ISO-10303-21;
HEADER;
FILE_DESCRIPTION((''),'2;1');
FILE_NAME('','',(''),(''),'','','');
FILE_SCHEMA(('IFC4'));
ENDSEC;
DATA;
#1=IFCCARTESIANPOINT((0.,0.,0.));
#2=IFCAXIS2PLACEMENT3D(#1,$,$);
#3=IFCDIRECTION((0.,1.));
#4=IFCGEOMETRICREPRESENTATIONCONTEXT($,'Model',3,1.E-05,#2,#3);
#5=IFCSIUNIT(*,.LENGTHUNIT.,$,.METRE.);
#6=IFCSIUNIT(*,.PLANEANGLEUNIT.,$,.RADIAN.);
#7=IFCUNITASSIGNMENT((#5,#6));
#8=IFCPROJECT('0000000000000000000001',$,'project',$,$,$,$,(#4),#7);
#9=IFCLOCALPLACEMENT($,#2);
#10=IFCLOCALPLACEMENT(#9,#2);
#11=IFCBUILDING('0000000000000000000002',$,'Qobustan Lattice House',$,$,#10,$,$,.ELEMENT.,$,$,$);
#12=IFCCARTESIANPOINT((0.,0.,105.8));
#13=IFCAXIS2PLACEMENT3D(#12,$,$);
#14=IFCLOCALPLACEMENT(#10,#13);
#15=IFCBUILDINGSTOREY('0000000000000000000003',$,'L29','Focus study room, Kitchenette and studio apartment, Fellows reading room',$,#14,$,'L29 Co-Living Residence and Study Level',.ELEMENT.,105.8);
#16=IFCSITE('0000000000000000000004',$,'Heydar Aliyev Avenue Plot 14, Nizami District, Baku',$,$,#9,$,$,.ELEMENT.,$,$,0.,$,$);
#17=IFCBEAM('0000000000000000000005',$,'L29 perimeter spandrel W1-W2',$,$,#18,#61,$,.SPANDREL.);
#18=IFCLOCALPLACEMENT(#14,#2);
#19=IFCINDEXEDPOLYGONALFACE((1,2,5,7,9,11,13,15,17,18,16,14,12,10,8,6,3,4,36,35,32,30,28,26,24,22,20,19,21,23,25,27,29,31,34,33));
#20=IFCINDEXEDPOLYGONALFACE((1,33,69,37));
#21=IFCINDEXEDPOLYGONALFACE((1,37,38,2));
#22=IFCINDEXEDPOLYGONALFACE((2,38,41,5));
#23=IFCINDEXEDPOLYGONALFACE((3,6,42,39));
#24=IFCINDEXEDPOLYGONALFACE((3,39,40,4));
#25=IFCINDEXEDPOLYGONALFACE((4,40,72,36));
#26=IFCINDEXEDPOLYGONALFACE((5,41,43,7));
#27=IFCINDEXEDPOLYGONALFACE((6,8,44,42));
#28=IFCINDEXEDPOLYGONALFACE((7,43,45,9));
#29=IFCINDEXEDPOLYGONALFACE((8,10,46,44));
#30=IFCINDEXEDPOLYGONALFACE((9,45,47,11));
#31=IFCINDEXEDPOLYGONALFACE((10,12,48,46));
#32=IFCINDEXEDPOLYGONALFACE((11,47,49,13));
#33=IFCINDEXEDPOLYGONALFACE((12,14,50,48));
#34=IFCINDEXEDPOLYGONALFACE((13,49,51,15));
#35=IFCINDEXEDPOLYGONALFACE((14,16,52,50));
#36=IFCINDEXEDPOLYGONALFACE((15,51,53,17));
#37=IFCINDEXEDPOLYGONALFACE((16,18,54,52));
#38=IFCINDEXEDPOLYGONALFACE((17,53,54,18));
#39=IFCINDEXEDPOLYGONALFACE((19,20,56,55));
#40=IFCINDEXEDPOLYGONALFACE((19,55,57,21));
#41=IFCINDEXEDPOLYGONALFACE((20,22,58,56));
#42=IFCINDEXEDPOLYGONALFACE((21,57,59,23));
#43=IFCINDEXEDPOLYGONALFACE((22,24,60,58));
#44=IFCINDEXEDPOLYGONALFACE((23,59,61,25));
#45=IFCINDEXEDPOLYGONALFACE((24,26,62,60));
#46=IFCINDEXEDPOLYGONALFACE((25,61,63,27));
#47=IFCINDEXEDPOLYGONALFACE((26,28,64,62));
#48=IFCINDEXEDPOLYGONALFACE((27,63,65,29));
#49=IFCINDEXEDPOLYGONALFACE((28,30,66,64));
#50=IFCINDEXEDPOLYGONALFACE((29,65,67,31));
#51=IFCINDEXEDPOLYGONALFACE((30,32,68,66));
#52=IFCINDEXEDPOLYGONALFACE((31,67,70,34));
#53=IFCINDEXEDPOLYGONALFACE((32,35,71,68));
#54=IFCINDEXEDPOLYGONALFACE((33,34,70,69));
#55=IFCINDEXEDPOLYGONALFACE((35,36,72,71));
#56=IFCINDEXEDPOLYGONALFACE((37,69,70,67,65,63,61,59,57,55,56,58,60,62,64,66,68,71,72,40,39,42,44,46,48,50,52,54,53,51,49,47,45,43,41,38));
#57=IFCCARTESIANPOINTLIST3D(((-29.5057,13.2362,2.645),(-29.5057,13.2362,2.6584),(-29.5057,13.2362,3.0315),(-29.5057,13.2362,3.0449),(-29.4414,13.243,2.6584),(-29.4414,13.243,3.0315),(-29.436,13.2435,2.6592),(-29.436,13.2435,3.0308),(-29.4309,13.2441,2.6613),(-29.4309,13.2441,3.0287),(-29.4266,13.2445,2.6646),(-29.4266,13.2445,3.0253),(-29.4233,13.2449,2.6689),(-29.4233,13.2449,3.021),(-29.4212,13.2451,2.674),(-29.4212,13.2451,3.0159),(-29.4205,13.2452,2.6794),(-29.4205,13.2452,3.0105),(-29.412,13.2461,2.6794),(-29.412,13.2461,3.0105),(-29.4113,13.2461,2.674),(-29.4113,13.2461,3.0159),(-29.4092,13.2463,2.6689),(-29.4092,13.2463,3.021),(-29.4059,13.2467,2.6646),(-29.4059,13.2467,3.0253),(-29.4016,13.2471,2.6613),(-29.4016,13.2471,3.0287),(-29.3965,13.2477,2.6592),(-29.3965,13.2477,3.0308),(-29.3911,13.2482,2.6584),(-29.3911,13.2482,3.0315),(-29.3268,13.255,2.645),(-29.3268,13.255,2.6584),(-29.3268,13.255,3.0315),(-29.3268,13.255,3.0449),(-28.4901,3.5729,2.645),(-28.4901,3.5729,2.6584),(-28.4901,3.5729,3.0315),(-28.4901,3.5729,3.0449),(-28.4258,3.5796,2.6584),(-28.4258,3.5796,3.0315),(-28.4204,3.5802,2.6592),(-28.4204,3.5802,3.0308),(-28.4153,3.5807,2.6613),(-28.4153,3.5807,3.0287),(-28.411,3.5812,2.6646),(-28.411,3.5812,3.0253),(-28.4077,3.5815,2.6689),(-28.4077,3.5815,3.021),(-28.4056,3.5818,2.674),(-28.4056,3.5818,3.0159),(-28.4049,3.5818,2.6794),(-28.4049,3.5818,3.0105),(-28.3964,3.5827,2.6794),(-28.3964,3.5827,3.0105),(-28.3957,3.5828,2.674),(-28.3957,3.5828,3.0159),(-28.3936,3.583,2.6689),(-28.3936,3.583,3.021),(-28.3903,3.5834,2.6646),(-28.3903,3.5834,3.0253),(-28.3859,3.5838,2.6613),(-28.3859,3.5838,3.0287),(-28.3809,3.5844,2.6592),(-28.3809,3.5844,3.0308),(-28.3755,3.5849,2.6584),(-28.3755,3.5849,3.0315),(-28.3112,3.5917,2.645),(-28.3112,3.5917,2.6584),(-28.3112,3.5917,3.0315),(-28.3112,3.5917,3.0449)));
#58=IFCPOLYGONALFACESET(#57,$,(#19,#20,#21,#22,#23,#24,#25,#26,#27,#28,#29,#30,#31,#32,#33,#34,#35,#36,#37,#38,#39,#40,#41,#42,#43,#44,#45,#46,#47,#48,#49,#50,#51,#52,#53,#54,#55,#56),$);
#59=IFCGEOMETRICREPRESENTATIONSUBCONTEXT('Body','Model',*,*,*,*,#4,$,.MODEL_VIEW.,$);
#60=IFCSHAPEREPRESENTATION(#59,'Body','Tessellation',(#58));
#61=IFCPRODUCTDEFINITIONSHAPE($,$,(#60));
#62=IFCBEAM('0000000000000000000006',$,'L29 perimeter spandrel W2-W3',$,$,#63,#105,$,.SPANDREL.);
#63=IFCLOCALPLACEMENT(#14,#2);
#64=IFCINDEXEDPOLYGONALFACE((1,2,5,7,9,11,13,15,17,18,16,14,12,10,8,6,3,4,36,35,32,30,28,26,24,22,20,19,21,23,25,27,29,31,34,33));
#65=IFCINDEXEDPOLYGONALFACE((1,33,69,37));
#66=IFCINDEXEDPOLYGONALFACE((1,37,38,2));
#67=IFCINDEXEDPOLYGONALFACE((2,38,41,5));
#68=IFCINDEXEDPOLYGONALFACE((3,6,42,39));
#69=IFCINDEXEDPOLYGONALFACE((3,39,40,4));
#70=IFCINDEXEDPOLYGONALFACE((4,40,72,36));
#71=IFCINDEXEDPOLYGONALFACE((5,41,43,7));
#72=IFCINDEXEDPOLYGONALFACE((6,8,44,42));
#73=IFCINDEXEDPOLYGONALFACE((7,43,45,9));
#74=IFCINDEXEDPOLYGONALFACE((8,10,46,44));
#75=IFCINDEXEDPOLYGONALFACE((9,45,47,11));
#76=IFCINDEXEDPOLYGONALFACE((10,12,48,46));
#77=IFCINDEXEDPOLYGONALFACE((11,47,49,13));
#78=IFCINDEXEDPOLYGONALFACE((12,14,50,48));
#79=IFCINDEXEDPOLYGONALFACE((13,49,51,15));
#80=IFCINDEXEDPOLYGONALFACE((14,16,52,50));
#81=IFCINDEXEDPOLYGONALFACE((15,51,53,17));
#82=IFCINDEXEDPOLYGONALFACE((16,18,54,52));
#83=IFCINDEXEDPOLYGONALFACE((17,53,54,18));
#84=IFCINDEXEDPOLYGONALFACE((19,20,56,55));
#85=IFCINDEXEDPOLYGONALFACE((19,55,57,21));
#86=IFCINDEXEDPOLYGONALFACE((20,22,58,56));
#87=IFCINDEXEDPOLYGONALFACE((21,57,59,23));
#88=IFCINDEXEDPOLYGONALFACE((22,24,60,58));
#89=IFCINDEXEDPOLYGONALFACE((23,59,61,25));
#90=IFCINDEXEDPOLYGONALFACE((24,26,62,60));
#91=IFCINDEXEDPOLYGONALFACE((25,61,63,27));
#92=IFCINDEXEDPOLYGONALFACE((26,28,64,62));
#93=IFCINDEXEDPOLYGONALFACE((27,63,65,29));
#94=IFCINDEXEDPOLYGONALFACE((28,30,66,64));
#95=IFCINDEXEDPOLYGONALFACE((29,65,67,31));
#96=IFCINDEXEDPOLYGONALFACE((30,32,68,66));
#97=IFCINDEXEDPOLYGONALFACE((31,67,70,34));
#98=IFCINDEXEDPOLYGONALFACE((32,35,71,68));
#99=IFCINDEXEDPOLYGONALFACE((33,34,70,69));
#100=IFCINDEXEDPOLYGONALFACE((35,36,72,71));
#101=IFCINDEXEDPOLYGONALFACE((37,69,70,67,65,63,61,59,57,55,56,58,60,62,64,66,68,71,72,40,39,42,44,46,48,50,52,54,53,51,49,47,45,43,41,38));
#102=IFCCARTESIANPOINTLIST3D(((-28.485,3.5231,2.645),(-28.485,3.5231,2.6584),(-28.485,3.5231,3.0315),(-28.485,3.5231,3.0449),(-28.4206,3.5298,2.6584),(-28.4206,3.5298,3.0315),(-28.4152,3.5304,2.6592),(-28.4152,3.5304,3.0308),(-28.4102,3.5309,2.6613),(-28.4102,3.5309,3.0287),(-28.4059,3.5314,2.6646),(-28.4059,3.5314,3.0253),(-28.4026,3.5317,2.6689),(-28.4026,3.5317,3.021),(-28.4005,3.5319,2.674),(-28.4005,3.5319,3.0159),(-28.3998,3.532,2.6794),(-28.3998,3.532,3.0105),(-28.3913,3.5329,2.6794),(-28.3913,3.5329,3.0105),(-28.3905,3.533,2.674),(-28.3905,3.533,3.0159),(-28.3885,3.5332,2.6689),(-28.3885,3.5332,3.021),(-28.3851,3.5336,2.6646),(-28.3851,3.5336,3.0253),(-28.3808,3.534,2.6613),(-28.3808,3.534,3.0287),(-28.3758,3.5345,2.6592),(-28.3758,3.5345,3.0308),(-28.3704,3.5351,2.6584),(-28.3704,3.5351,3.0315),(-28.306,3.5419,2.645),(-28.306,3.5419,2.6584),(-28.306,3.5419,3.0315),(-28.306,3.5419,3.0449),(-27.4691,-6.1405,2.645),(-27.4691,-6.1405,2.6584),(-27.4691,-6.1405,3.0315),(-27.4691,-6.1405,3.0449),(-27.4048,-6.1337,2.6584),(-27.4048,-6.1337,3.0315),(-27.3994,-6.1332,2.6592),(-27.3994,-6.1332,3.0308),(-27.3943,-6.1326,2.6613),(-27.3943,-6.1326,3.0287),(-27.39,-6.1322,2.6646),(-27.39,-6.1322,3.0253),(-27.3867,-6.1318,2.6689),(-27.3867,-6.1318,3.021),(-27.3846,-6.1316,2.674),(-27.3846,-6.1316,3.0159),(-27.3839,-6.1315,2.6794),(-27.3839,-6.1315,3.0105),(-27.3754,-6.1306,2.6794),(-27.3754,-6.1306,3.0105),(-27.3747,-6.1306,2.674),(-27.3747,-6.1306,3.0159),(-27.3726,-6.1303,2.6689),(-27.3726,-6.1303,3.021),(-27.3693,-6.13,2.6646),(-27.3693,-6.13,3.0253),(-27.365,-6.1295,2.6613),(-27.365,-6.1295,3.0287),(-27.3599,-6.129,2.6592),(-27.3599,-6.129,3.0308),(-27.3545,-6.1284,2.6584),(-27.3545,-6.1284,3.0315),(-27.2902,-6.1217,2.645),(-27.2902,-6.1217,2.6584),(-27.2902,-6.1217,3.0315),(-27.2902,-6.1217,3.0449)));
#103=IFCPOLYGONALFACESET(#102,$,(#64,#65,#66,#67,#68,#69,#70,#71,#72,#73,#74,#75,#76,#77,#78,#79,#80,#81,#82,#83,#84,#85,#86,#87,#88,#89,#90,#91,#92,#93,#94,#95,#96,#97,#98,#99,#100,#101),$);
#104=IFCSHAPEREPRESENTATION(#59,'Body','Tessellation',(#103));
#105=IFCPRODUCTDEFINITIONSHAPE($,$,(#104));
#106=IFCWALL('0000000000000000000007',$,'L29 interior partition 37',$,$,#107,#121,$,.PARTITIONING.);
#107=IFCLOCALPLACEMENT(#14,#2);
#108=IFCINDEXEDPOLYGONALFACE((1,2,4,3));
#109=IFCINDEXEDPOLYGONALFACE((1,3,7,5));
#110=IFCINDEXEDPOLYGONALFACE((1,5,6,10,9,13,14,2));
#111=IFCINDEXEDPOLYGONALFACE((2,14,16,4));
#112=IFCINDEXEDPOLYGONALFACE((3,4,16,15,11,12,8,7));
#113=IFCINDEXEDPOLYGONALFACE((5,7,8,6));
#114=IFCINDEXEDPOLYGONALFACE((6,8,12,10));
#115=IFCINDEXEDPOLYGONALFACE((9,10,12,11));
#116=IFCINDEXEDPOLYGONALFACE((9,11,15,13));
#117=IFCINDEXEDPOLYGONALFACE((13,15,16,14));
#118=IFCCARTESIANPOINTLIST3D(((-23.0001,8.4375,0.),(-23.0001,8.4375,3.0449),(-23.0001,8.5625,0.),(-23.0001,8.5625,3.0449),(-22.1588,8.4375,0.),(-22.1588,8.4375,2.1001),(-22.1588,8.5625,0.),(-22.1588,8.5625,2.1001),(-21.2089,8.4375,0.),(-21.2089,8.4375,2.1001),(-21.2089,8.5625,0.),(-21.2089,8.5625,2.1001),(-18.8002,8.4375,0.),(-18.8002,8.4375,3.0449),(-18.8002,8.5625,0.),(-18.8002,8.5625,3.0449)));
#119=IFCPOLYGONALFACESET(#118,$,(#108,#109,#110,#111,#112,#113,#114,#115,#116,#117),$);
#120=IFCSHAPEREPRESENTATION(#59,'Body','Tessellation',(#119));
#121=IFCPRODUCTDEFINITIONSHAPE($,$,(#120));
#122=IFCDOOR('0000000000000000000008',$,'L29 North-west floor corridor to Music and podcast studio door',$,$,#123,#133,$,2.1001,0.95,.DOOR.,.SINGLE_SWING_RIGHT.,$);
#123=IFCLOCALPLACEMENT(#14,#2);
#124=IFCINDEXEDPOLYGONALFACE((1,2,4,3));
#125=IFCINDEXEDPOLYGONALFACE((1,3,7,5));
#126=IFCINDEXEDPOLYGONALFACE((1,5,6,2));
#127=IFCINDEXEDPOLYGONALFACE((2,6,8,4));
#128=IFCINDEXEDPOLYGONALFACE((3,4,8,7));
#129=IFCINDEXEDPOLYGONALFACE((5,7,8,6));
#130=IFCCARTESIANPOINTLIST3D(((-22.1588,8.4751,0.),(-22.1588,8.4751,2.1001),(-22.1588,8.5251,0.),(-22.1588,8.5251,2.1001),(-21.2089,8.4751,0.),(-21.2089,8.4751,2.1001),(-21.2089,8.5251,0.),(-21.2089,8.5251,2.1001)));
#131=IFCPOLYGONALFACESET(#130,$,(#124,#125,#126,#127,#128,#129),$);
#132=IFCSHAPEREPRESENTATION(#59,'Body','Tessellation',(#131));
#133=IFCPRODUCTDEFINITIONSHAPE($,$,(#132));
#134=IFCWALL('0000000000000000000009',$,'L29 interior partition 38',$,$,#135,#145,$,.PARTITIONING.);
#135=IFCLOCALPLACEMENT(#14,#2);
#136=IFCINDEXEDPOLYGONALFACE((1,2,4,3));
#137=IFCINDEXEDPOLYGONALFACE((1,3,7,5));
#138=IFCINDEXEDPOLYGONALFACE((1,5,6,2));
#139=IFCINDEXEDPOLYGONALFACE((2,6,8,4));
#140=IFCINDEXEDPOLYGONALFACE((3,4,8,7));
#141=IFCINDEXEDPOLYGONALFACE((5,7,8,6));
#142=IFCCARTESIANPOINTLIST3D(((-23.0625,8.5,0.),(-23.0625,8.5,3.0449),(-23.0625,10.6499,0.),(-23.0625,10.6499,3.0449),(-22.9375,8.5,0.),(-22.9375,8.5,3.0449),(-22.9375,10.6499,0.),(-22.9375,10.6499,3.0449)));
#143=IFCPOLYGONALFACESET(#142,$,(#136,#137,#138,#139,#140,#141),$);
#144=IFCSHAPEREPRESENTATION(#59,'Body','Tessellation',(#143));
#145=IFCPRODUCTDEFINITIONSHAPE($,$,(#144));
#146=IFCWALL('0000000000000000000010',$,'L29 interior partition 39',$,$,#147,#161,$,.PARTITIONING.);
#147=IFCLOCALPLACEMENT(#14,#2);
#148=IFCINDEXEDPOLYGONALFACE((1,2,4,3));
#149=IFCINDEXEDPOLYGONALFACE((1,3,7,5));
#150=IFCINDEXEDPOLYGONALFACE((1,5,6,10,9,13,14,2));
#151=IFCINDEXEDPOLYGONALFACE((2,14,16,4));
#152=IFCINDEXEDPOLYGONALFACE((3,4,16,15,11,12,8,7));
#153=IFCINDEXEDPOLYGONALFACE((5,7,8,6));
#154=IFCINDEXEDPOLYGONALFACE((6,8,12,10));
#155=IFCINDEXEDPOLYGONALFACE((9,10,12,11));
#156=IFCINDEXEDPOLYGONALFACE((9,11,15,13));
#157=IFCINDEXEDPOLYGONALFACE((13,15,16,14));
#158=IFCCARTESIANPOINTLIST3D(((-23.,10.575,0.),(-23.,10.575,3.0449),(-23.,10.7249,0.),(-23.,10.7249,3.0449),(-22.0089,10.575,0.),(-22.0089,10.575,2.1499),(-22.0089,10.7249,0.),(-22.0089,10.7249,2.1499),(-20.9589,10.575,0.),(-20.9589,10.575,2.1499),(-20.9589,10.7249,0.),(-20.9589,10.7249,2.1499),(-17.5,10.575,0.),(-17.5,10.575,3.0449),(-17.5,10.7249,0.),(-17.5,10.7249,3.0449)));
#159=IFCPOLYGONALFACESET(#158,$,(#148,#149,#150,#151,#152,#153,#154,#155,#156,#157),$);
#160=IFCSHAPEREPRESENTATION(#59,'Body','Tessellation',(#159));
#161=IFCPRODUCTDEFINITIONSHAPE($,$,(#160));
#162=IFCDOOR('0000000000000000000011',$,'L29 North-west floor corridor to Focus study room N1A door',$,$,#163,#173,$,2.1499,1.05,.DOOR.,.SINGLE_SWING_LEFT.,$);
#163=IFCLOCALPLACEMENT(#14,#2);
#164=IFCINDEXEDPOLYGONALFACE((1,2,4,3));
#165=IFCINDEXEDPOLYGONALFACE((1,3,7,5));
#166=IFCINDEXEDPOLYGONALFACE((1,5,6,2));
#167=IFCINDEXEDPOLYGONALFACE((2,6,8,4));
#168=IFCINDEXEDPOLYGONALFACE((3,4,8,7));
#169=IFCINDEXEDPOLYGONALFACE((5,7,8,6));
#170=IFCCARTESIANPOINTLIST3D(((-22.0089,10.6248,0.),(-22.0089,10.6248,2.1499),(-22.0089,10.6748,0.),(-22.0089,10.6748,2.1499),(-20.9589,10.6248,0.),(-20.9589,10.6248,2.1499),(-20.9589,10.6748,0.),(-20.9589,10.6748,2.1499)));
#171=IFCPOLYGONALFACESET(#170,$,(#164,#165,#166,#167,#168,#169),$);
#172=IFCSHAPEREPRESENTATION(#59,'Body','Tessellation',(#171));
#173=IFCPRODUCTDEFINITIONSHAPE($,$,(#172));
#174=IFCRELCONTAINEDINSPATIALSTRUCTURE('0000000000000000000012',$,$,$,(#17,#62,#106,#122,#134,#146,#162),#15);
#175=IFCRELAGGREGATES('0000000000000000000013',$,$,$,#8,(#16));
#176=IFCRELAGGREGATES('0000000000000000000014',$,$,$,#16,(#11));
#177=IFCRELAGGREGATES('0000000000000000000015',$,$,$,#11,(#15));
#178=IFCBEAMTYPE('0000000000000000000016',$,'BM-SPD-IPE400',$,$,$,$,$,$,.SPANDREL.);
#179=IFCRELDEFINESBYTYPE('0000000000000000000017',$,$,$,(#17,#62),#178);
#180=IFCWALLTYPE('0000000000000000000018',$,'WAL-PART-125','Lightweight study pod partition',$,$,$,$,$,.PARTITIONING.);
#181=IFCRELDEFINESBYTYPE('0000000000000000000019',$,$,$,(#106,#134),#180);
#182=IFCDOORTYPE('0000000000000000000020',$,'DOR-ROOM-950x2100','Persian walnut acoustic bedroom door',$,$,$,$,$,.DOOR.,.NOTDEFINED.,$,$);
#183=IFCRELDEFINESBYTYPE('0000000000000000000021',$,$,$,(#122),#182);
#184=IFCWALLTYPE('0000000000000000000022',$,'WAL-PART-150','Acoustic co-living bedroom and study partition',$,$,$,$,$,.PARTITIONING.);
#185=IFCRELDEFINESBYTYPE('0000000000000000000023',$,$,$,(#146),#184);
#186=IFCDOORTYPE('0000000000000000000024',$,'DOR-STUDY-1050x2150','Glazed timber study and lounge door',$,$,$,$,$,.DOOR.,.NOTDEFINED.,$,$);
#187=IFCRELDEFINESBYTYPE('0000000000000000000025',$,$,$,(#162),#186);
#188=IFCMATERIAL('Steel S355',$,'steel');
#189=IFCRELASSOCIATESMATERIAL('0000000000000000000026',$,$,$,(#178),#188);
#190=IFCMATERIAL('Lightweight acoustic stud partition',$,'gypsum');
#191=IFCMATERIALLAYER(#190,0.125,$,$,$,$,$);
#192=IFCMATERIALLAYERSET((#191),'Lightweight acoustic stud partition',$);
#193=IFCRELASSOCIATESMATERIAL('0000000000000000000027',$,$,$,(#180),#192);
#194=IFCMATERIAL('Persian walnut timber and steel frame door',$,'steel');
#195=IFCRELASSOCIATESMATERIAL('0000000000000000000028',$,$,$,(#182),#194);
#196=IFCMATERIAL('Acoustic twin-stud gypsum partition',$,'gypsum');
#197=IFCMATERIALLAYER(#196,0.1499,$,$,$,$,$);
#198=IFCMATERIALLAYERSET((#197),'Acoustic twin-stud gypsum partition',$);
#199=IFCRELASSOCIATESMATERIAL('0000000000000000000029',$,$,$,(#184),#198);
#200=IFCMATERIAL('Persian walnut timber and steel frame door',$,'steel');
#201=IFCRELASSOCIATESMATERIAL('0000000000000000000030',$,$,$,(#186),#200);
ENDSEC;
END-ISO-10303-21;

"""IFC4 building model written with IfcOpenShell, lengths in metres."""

from ifc_helpers import new_model, si_unit, direction, frame, frame_2d, origin, origin_2d, place, context, subcontext, project, spatial, rectangle, i_section, extrude, material, layer, layer_set, material_profile, profile_set, type_object, element, fill, save


model = new_model("IFC4")

# Units and contexts
model_context = context("Model", 3, precision=1e-05, world=origin(), true_north=direction((0.0, 1.0)))
body_context = subcontext(model_context, "Body", "Model", "MODEL_VIEW")
ifc_project = project(units=[si_unit("LENGTHUNIT", "METRE"), si_unit("PLANEANGLEUNIT", "RADIAN")], contexts=[model_context])

# Site, building, storey
site_placement = place(None, origin())
site = spatial("IfcSite", under=ifc_project, at=site_placement, Name="Heydar Aliyev Avenue Plot 14, Nizami District, Baku", CompositionType="ELEMENT", RefElevation=0.0)
building_placement = place(site_placement, origin())
building = spatial("IfcBuilding", under=site, at=building_placement, Name="Qobustan Lattice House", CompositionType="ELEMENT")
storey_placement = place(building_placement, frame((0.0, 0.0, 105.8)))
storey = spatial("IfcBuildingStorey", under=building, at=storey_placement, Name="L29", Description="Focus study room, Kitchenette and studio apartment, Fellows reading room", LongName="L29 Co-Living Residence and Study Level", CompositionType="ELEMENT", Elevation=105.8)

# Beams
ifc_material_1 = material(Name="Steel S355", Category="steel")
ifc_material_profile_1 = material_profile(ifc_material_1, i_section(OverallWidth=0.1799, OverallDepth=0.3999, WebThickness=0.0085, FlangeThickness=0.0134, FilletRadius=0.021, at=origin_2d()), Name="IPE400")
ifc_profile_set_1 = profile_set([ifc_material_profile_1], Name="Steel S355")
beam_type_1 = type_object("IfcBeamType", Name="BM-SPD-IPE400", PredefinedType="SPANDREL", material=ifc_profile_set_1)
beam_1_placement = place(storey_placement, frame((-29.4163, 13.2456, 2.845), z_axis=(0.104525, -0.994522, 0.0), x_axis=(0.994522, 0.104525, 0.0)))
element("IfcBeam", 1, at=beam_1_placement, inside=storey, type_object=beam_type_1, Name="L29 perimeter spandrel W1-W2", PredefinedType="SPANDREL", context=body_context, shape_type="SweptSolid", body=[
    extrude(i_section(OverallWidth=0.1799, OverallDepth=0.3999, WebThickness=0.0085, FlangeThickness=0.0134, FilletRadius=0.021, at=origin_2d()), origin(), (0.0, 0.0, 1.0), 9.7166),
])
beam_2_placement = place(storey_placement, frame((-28.3955, 3.5325, 2.845), z_axis=(0.104547, -0.99452, 0.0), x_axis=(0.99452, 0.104547, 0.0)))
element("IfcBeam", 2, at=beam_2_placement, inside=storey, type_object=beam_type_1, Name="L29 perimeter spandrel W2-W3", PredefinedType="SPANDREL", context=body_context, shape_type="SweptSolid", body=[
    extrude(i_section(OverallWidth=0.1799, OverallDepth=0.3999, WebThickness=0.0085, FlangeThickness=0.0134, FilletRadius=0.021, at=origin_2d()), origin(), (0.0, 0.0, 1.0), 9.7168),
])

# Wall, opening, door
ifc_material_2 = material(Name="Lightweight acoustic stud partition", Category="gypsum")
ifc_layer_1 = layer(ifc_material_2, 0.125)
ifc_layer_set_1 = layer_set([ifc_layer_1], Name="Lightweight acoustic stud partition")
wall_type_1 = type_object("IfcWallType", Name="WAL-PART-125", Description="Lightweight study pod partition", PredefinedType="PARTITIONING", material=ifc_layer_set_1)
wall_1_placement = place(storey_placement, frame((-18.8, 8.5, 0.0), z_axis=(0.0, 0.0, 1.0), x_axis=(-1.0, 0.0, 0.0)))
wall_1 = element("IfcWall", 3, at=wall_1_placement, inside=storey, type_object=wall_type_1, Name="L29 interior partition 37", PredefinedType="PARTITIONING", context=body_context, shape_type="SweptSolid", body=[
    extrude(rectangle(XDim=4.2, YDim=0.125, at=frame_2d((2.1001, 0.0))), origin(), (0.0, 0.0, 1.0), 3.0449),
])
opening_1_placement = place(wall_1_placement, frame((2.4087, 0.0, 0.0)))
opening_1 = element("IfcOpeningElement", 4, at=opening_1_placement, cuts=wall_1, PredefinedType="OPENING", context=body_context, shape_type="SweptSolid", body=[
    extrude(rectangle(XDim=0.95, YDim=2.1001, at=frame_2d((0.4751, 1.05))), frame((0.0, 0.0725, 0.0), z_axis=(0.0, -1.0, 0.0), x_axis=(1.0, 0.0, 0.0)), (0.0, 0.0, 1.0), 0.145),
])
ifc_material_3 = material(Name="Persian walnut timber and steel frame door", Category="steel")
door_type_1 = type_object("IfcDoorType", Name="DOR-ROOM-950x2100", Description="Persian walnut acoustic bedroom door", OperationType="NOTDEFINED", PredefinedType="DOOR", material=ifc_material_3)
door_1_placement = place(opening_1_placement, origin())
door_1 = element("IfcDoor", 5, at=door_1_placement, inside=storey, type_object=door_type_1, Name="L29 North-west floor corridor to Music and podcast studio door", OperationType="SINGLE_SWING_RIGHT", OverallHeight=2.1001, OverallWidth=0.95, PredefinedType="DOOR", context=body_context, shape_type="SweptSolid", body=[
    extrude(rectangle(XDim=0.95, YDim=2.1001, at=frame_2d((0.4751, 1.05))), frame((0.0, 0.0249, 0.0), z_axis=(0.0, -1.0, 0.0), x_axis=(1.0, 0.0, 0.0)), (0.0, 0.0, 1.0), 0.05),
])
fill(opening_1, door_1)

# Wall
wall_2_placement = place(storey_placement, frame((-23.0, 8.5, 0.0), z_axis=(0.0, 0.0, 1.0), x_axis=(0.0, 1.0, 0.0)))
element("IfcWall", 6, at=wall_2_placement, inside=storey, type_object=wall_type_1, Name="L29 interior partition 38", PredefinedType="PARTITIONING", context=body_context, shape_type="SweptSolid", body=[
    extrude(rectangle(XDim=2.1499, YDim=0.125, at=frame_2d((1.075, 0.0))), origin(), (0.0, 0.0, 1.0), 3.0449),
])

# Wall, opening, door
ifc_material_4 = material(Name="Acoustic twin-stud gypsum partition", Category="gypsum")
ifc_layer_2 = layer(ifc_material_4, 0.1499)
ifc_layer_set_2 = layer_set([ifc_layer_2], Name="Acoustic twin-stud gypsum partition")
wall_type_2 = type_object("IfcWallType", Name="WAL-PART-150", Description="Acoustic co-living bedroom and study partition", PredefinedType="PARTITIONING", material=ifc_layer_set_2)
wall_3_placement = place(storey_placement, frame((-23.0, 10.6499, 0.0), z_axis=(0.0, 0.0, 1.0), x_axis=(1.0, 0.0, 0.0)))
wall_3 = element("IfcWall", 7, at=wall_3_placement, inside=storey, type_object=wall_type_2, Name="L29 interior partition 39", PredefinedType="PARTITIONING", context=body_context, shape_type="SweptSolid", body=[
    extrude(rectangle(XDim=5.5, YDim=0.1499, at=frame_2d((2.75, 0.0))), origin(), (0.0, 0.0, 1.0), 3.0449),
])
opening_2_placement = place(wall_3_placement, frame((0.9912, 0.0, 0.0)))
opening_2 = element("IfcOpeningElement", 8, at=opening_2_placement, cuts=wall_3, PredefinedType="OPENING", context=body_context, shape_type="SweptSolid", body=[
    extrude(rectangle(XDim=1.05, YDim=2.1499, at=frame_2d((0.5249, 1.075))), frame((0.0, 0.085, 0.0), z_axis=(0.0, -1.0, 0.0), x_axis=(1.0, 0.0, 0.0)), (0.0, 0.0, 1.0), 0.1699),
])
ifc_material_5 = material(Name="Persian walnut timber and steel frame door", Category="steel")
door_type_2 = type_object("IfcDoorType", Name="DOR-STUDY-1050x2150", Description="Glazed timber study and lounge door", OperationType="NOTDEFINED", PredefinedType="DOOR", material=ifc_material_5)
door_2_placement = place(opening_2_placement, origin())
door_2 = element("IfcDoor", 9, at=door_2_placement, inside=storey, type_object=door_type_2, Name="L29 North-west floor corridor to Focus study room N1A door", OperationType="SINGLE_SWING_LEFT", OverallHeight=2.1499, OverallWidth=1.05, PredefinedType="DOOR", context=body_context, shape_type="SweptSolid", body=[
    extrude(rectangle(XDim=1.05, YDim=2.1499, at=frame_2d((0.5249, 1.075))), frame((0.0, 0.0249, 0.0), z_axis=(0.0, -1.0, 0.0), x_axis=(1.0, 0.0, 0.0)), (0.0, 0.0, 1.0), 0.05),
])
fill(opening_2, door_2)

save(model, "model.ifc")
